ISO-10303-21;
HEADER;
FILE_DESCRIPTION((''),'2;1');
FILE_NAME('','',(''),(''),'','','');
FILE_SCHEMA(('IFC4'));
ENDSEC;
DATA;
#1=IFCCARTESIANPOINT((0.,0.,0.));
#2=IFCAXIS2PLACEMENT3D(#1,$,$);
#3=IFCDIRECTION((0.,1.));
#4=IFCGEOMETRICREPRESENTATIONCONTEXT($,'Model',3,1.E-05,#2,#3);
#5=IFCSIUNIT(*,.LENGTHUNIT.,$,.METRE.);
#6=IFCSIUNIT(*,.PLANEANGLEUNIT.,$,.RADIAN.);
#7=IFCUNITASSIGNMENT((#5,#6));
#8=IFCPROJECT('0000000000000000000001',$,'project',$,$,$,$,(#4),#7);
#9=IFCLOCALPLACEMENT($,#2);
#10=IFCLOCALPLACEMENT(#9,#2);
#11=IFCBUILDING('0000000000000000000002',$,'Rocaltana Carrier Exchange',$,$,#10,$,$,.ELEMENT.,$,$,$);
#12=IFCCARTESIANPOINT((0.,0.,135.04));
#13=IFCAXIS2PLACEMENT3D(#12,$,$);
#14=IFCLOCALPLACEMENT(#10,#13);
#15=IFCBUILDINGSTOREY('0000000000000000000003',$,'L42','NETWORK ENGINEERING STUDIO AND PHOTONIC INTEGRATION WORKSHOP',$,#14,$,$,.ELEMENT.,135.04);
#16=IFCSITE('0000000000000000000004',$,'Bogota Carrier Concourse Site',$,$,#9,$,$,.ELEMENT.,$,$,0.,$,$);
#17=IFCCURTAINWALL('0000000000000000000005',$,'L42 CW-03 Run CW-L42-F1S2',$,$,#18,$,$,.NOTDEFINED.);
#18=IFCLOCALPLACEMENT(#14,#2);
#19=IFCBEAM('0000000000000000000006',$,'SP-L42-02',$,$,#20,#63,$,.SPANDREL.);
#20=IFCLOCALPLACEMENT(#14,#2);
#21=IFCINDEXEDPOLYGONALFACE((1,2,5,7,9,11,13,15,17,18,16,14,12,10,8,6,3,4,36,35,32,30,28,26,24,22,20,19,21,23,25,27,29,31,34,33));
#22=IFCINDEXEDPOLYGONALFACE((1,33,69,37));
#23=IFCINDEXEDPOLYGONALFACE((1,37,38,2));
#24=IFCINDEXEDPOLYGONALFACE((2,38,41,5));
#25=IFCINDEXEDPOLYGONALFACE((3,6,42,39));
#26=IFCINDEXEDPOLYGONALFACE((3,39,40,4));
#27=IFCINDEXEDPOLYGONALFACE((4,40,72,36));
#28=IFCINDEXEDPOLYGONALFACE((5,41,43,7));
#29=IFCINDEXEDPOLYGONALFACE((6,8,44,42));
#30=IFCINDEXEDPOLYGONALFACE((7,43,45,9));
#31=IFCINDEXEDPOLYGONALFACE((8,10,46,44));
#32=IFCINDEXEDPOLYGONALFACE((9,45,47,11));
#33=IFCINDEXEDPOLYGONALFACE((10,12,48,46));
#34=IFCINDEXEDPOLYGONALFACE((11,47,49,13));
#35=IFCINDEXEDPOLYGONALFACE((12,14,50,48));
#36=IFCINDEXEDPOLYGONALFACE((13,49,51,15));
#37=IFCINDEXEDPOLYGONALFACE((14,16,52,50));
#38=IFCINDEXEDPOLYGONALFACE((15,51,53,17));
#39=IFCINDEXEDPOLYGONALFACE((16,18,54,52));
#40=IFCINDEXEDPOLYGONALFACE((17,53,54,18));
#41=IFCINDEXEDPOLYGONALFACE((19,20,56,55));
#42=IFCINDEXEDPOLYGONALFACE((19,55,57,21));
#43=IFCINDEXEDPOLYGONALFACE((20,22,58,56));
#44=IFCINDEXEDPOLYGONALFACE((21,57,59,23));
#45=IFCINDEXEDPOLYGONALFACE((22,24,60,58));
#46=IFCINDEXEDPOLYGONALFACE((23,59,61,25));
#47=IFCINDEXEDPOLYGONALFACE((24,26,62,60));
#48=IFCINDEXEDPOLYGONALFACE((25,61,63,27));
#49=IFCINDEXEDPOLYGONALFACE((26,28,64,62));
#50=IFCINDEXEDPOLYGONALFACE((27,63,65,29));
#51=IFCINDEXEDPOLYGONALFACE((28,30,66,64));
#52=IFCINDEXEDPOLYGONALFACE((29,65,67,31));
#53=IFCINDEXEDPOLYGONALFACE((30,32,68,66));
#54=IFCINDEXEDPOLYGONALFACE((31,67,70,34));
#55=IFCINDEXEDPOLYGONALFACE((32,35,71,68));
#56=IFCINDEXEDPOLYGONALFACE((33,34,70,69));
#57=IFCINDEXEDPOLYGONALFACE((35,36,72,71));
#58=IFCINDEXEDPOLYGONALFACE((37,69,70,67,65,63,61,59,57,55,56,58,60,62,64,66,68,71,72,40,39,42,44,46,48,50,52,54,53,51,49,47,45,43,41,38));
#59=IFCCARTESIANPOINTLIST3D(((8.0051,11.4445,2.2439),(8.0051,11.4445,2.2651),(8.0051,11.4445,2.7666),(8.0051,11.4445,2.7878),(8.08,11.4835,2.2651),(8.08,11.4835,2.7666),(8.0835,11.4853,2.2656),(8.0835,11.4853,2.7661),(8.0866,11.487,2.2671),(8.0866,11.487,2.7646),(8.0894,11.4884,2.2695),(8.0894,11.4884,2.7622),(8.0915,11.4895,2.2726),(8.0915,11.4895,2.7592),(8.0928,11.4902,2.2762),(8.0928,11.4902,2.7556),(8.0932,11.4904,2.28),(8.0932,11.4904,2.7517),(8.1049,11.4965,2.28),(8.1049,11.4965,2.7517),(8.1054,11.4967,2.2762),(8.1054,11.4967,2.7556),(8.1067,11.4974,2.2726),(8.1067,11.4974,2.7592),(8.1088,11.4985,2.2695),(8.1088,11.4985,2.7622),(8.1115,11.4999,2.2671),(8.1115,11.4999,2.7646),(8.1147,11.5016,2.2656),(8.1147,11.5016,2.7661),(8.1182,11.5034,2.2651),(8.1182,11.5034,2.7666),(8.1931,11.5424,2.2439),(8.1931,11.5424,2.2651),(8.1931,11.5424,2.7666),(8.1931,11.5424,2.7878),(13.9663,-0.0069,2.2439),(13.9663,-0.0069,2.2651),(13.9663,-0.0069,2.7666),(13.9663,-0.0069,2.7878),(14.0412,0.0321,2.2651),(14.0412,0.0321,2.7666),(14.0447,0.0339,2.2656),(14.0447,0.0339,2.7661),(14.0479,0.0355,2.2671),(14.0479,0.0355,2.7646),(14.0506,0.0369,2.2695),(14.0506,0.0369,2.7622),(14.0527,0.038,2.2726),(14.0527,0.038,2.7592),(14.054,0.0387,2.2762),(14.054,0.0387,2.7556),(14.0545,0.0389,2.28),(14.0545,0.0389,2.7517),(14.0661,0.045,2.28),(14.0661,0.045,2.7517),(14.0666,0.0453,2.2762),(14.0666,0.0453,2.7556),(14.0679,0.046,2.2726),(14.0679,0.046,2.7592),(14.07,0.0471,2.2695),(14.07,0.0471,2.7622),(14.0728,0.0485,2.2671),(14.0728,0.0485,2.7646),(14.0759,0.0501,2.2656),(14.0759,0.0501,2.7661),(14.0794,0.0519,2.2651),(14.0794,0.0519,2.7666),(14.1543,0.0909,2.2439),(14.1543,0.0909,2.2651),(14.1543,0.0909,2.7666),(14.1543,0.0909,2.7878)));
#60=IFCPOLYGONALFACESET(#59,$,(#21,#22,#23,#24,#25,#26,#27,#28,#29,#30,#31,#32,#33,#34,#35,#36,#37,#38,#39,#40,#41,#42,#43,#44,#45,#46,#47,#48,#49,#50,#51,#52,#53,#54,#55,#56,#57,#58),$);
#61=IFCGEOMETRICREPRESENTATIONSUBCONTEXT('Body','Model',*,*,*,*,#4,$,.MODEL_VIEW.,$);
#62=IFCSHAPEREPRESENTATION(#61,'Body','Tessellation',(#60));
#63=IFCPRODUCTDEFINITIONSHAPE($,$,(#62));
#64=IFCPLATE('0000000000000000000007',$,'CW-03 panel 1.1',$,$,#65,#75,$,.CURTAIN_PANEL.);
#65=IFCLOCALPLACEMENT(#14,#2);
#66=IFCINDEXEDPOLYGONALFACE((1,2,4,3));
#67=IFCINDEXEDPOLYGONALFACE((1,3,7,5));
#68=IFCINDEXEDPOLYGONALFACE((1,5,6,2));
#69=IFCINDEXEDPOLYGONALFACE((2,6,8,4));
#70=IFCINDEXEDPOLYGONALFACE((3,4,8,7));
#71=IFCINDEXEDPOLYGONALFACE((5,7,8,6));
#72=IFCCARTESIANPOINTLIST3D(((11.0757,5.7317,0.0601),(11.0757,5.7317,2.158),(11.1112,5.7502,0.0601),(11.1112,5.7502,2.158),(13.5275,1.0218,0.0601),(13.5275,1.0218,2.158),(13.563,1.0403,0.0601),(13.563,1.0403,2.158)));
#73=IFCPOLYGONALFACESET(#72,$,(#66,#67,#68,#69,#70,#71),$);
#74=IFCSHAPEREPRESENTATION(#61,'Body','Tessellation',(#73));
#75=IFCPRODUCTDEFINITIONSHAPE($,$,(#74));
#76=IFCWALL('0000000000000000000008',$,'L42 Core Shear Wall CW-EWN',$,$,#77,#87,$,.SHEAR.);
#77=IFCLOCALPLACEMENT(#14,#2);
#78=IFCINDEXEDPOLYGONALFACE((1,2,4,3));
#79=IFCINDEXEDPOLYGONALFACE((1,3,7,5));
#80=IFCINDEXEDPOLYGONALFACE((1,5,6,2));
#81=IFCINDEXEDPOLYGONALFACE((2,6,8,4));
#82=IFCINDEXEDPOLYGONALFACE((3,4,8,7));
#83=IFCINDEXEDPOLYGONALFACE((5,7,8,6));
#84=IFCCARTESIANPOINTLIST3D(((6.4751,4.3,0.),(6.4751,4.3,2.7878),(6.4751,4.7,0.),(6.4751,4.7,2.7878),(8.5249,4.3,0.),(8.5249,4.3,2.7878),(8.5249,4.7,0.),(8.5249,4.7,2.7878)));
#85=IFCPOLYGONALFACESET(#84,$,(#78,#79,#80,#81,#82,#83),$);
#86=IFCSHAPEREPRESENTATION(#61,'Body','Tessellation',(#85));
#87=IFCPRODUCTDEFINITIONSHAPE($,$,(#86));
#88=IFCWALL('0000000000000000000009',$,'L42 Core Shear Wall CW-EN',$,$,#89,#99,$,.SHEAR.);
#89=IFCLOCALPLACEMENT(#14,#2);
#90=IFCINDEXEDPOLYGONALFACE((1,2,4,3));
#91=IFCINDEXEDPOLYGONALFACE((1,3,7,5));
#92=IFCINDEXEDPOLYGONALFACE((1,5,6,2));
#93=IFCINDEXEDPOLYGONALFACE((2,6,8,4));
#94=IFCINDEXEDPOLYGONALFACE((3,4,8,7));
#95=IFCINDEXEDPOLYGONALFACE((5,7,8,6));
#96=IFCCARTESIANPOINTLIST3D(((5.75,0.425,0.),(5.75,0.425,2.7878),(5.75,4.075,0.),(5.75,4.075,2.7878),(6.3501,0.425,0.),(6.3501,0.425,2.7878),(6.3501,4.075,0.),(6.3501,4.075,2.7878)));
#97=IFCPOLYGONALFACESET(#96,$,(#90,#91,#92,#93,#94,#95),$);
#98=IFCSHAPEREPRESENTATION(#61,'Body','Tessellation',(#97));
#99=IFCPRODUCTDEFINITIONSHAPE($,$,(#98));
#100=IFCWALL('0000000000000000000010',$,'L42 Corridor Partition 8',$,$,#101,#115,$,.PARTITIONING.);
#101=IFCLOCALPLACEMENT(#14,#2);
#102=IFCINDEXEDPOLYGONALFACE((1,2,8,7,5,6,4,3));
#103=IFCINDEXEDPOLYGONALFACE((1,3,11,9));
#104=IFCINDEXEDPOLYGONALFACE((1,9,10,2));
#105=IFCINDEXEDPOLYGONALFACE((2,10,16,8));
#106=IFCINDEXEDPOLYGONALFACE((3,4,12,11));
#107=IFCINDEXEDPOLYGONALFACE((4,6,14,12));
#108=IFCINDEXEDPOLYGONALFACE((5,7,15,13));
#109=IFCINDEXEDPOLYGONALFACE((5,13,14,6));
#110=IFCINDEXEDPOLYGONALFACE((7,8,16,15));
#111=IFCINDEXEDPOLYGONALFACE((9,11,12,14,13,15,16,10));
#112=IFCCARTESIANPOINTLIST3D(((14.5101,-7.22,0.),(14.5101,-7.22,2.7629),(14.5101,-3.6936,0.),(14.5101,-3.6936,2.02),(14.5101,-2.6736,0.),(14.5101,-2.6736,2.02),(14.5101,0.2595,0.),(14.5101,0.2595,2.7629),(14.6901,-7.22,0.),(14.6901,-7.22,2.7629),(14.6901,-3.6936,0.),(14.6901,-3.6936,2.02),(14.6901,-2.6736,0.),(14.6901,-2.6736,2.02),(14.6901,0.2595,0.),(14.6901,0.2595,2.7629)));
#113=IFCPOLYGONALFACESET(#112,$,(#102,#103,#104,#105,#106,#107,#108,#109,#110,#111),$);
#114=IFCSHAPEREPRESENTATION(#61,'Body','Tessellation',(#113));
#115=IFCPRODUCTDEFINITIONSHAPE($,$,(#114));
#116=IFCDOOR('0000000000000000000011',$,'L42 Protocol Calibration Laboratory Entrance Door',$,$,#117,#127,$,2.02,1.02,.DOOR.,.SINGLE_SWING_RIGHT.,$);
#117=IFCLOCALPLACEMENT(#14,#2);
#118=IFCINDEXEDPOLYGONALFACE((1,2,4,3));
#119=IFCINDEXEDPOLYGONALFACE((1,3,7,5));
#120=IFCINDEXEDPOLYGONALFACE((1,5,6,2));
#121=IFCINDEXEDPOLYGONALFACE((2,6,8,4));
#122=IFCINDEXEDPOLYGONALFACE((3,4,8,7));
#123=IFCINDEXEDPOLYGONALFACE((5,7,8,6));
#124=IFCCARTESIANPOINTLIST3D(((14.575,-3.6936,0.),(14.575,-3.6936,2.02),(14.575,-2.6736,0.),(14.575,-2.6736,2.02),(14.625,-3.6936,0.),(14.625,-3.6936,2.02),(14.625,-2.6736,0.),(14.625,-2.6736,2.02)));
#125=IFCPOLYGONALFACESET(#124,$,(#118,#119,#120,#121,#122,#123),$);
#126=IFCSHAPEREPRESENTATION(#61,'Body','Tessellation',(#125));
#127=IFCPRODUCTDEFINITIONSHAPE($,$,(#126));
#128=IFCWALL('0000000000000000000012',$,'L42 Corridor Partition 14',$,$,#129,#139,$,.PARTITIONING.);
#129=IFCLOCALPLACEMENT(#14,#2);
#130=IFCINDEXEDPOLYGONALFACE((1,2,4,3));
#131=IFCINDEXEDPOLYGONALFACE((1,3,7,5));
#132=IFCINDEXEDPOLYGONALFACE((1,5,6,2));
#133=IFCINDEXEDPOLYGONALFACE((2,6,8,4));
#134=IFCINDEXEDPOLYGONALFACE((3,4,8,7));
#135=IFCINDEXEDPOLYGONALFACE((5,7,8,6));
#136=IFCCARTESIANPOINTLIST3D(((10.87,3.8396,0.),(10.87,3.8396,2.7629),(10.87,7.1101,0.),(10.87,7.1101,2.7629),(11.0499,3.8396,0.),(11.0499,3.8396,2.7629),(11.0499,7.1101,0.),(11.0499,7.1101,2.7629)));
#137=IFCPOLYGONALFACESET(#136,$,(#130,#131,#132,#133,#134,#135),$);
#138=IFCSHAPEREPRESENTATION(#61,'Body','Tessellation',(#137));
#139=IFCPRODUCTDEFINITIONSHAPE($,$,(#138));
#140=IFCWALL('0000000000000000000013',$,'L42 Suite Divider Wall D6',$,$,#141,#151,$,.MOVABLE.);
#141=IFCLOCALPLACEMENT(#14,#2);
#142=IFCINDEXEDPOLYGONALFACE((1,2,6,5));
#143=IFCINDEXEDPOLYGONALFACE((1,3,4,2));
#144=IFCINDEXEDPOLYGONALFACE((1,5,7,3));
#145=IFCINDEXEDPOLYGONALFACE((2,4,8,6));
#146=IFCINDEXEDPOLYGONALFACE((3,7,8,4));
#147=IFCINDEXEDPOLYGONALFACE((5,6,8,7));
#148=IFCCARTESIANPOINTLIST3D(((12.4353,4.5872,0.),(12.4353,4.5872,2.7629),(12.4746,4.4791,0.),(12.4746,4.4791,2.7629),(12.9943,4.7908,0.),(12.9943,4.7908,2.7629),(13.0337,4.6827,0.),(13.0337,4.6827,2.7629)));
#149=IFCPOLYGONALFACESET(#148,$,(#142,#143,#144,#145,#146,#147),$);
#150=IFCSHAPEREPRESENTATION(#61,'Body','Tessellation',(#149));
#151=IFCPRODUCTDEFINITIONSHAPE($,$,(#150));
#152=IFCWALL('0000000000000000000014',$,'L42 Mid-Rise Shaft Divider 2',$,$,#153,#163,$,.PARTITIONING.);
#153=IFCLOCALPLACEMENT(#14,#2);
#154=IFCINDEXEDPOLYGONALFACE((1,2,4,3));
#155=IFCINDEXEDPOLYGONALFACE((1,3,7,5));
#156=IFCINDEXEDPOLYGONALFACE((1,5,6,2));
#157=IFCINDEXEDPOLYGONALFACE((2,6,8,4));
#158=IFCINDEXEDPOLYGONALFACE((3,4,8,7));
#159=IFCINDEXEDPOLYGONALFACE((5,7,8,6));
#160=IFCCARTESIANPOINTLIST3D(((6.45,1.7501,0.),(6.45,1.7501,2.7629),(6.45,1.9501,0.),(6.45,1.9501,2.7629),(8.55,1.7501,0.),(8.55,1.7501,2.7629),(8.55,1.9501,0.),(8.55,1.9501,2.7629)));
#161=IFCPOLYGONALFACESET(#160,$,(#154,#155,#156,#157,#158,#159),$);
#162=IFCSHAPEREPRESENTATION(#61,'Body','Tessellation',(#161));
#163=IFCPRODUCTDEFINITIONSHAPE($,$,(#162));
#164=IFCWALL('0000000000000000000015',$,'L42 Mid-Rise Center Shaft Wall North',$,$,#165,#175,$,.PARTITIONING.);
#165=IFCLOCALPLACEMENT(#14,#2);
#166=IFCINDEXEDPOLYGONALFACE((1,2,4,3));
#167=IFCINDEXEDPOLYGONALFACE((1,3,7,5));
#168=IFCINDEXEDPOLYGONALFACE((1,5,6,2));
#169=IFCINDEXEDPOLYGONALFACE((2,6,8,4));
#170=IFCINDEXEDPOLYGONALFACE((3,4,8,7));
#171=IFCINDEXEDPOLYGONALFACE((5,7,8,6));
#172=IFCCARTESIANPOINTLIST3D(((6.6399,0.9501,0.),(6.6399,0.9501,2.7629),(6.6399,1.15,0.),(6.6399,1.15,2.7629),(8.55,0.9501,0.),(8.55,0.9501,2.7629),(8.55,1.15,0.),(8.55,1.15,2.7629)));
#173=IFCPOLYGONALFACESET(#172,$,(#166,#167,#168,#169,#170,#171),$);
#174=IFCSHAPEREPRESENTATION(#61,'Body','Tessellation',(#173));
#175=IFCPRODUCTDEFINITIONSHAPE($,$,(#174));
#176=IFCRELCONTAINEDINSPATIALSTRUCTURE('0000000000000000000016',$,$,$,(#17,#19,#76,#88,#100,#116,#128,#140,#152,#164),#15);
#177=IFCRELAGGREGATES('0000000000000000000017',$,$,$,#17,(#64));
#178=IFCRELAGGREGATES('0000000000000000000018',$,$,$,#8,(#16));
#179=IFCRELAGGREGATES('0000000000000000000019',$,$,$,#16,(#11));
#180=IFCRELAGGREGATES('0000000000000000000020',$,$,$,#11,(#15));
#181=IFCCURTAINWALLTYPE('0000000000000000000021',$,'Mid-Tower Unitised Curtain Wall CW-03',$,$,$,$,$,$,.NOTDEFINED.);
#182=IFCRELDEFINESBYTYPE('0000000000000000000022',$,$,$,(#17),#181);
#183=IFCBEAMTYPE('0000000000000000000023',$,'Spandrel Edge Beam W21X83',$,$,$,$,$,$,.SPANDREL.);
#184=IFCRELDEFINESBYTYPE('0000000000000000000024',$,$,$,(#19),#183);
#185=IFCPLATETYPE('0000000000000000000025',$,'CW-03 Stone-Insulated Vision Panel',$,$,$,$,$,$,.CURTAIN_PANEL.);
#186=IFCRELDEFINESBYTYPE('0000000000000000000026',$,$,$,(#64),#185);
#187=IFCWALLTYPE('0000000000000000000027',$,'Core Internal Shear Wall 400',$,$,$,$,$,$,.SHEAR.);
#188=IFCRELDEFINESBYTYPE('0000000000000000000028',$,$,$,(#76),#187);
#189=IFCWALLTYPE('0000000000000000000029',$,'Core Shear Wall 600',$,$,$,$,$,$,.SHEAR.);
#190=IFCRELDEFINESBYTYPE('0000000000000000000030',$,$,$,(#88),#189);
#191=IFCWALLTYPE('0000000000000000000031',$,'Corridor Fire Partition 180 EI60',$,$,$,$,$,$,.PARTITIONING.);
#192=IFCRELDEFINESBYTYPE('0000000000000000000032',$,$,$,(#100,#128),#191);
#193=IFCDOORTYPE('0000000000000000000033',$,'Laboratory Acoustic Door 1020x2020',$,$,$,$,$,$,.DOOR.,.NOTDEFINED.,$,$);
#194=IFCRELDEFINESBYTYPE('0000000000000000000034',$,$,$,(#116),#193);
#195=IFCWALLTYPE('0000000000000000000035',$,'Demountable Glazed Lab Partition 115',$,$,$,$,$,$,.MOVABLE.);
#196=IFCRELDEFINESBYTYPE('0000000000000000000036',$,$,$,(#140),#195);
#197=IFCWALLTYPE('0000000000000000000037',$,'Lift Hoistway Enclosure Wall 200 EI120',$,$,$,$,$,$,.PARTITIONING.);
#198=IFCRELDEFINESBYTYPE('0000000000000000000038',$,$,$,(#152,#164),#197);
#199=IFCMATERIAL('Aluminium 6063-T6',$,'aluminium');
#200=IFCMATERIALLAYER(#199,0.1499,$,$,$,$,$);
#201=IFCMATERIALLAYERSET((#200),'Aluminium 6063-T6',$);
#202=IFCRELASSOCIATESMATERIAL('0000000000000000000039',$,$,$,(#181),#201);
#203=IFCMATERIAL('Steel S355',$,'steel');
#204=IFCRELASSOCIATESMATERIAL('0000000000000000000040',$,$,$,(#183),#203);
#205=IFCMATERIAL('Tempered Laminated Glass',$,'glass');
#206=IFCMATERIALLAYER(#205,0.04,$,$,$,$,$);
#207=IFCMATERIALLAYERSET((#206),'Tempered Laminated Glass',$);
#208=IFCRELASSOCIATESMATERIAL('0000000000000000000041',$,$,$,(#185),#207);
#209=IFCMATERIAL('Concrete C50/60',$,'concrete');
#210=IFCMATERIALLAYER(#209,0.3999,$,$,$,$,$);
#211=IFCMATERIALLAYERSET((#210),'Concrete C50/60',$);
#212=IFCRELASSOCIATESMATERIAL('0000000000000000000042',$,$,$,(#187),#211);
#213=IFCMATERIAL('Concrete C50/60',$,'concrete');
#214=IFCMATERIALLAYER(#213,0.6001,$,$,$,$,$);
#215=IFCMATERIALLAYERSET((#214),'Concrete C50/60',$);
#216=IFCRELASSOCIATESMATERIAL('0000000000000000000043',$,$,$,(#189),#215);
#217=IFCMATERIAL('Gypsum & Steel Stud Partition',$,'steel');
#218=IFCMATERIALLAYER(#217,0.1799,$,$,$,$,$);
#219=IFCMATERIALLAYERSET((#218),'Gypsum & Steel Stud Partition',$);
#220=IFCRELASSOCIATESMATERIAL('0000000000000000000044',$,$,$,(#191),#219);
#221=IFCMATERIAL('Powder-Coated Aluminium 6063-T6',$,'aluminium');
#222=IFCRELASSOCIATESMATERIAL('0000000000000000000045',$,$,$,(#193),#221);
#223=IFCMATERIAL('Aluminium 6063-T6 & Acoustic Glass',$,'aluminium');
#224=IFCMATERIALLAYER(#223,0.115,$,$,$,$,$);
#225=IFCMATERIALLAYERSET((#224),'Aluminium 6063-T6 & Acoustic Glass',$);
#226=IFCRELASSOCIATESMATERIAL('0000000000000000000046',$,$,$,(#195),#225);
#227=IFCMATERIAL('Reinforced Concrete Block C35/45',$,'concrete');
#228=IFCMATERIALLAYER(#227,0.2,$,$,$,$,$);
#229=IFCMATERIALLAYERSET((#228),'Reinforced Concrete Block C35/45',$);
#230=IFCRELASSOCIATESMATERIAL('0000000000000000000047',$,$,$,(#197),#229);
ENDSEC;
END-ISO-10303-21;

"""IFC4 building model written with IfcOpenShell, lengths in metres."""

from ifc_helpers import new_model, si_unit, direction, frame, frame_2d, origin, origin_2d, place, context, subcontext, project, spatial, rectangle, i_section, extrude, material, layer, layer_set, material_profile, profile_set, type_object, element, fill, aggregate, save


model = new_model("IFC4")

# Units and contexts
model_context = context("Model", 3, precision=1e-05, world=origin(), true_north=direction((0.0, 1.0)))
body_context = subcontext(model_context, "Body", "Model", "MODEL_VIEW")
ifc_project = project(units=[si_unit("LENGTHUNIT", "METRE"), si_unit("PLANEANGLEUNIT", "RADIAN")], contexts=[model_context])

# Site, building, storey
site_placement = place(None, origin())
site = spatial("IfcSite", under=ifc_project, at=site_placement, Name="Bogota Carrier Concourse Site", CompositionType="ELEMENT", RefElevation=0.0)
building_placement = place(site_placement, origin())
building = spatial("IfcBuilding", under=site, at=building_placement, Name="Rocaltana Carrier Exchange", CompositionType="ELEMENT")
storey_placement = place(building_placement, frame((0.0, 0.0, 135.04)))
storey = spatial("IfcBuildingStorey", under=building, at=storey_placement, Name="L42", Description="NETWORK ENGINEERING STUDIO AND PHOTONIC INTEGRATION WORKSHOP", CompositionType="ELEMENT", Elevation=135.04)

# Curtain wall
ifc_material_1 = material(Name="Aluminium 6063-T6", Category="aluminium")
ifc_layer_1 = layer(ifc_material_1, 0.1499)
ifc_layer_set_1 = layer_set([ifc_layer_1], Name="Aluminium 6063-T6")
curtain_wall_type = type_object("IfcCurtainWallType", Name="Mid-Tower Unitised Curtain Wall CW-03", PredefinedType="NOTDEFINED", material=ifc_layer_set_1)
curtain_wall_placement = place(storey_placement, origin())
curtain_wall = element("IfcCurtainWall", 1, at=curtain_wall_placement, inside=storey, type_object=curtain_wall_type, Name="L42 CW-03 Run CW-L42-F1S2", PredefinedType="NOTDEFINED")

# Beam
ifc_material_2 = material(Name="Steel S355", Category="steel")
ifc_material_profile_1 = material_profile(ifc_material_2, i_section(OverallWidth=0.2119, OverallDepth=0.5439, WebThickness=0.0132, FlangeThickness=0.0212, FilletRadius=0.0149, at=origin_2d()), Name="W21X83")
ifc_profile_set_1 = profile_set([ifc_material_profile_1], Name="Steel S355")
beam_type_1 = type_object("IfcBeamType", Name="Spandrel Edge Beam W21X83", PredefinedType="SPANDREL", material=ifc_profile_set_1)
beam_1_placement = place(storey_placement, frame((14.0603, 0.042, 2.5159), z_axis=(-0.461746, 0.887012, 0.0), x_axis=(-0.887012, -0.461746, 0.0)))
element("IfcBeam", 2, at=beam_1_placement, inside=storey, type_object=beam_type_1, Name="SP-L42-02", PredefinedType="SPANDREL", context=body_context, shape_type="SweptSolid", body=[
    extrude(i_section(OverallWidth=0.2119, OverallDepth=0.5439, WebThickness=0.0132, FlangeThickness=0.0212, FilletRadius=0.0149, at=origin_2d()), origin(), (0.0, 0.0, 1.0), 12.9102),
])

# Plate
ifc_material_3 = material(Name="Tempered Laminated Glass", Category="glass")
ifc_layer_2 = layer(ifc_material_3, 0.04)
ifc_layer_set_2 = layer_set([ifc_layer_2], Name="Tempered Laminated Glass")
plate_type = type_object("IfcPlateType", Name="CW-03 Stone-Insulated Vision Panel", PredefinedType="CURTAIN_PANEL", material=ifc_layer_set_2)
plate_placement = place(storey_placement, frame((12.3193, 3.386, 0.0601), z_axis=(0.0, 0.0, 1.0), x_axis=(-0.461747, 0.887012, 0.0)))
plate = element("IfcPlate", 3, at=plate_placement, type_object=plate_type, Name="CW-03 panel 1.1", PredefinedType="CURTAIN_PANEL", context=body_context, shape_type="SweptSolid", body=[
    extrude(rectangle(XDim=5.3098, YDim=0.04, at=origin_2d()), origin(), (0.0, 0.0, 1.0), 2.0979),
])
aggregate(curtain_wall, [plate])

# Walls
ifc_material_4 = material(Name="Concrete C50/60", Category="concrete")
ifc_layer_3 = layer(ifc_material_4, 0.3999)
ifc_layer_set_3 = layer_set([ifc_layer_3], Name="Concrete C50/60")
wall_type_1 = type_object("IfcWallType", Name="Core Internal Shear Wall 400", PredefinedType="SHEAR", material=ifc_layer_set_3)
wall_1_placement = place(storey_placement, frame((6.4751, 4.5, 0.0), z_axis=(0.0, 0.0, 1.0), x_axis=(1.0, 0.0, 0.0)))
element("IfcWall", 4, at=wall_1_placement, inside=storey, type_object=wall_type_1, Name="L42 Core Shear Wall CW-EWN", PredefinedType="SHEAR", context=body_context, shape_type="SweptSolid", body=[
    extrude(rectangle(XDim=2.0498, YDim=0.3999, at=frame_2d((1.0249, 0.0))), origin(), (0.0, 0.0, 1.0), 2.7878),
])
ifc_material_5 = material(Name="Concrete C50/60", Category="concrete")
ifc_layer_4 = layer(ifc_material_5, 0.6001)
ifc_layer_set_4 = layer_set([ifc_layer_4], Name="Concrete C50/60")
wall_type_2 = type_object("IfcWallType", Name="Core Shear Wall 600", PredefinedType="SHEAR", material=ifc_layer_set_4)
wall_2_placement = place(storey_placement, frame((6.05, 0.425, 0.0), z_axis=(0.0, 0.0, 1.0), x_axis=(0.0, 1.0, 0.0)))
element("IfcWall", 5, at=wall_2_placement, inside=storey, type_object=wall_type_2, Name="L42 Core Shear Wall CW-EN", PredefinedType="SHEAR", context=body_context, shape_type="SweptSolid", body=[
    extrude(rectangle(XDim=3.6499, YDim=0.6001, at=frame_2d((1.825, 0.0))), origin(), (0.0, 0.0, 1.0), 2.7878),
])

# Wall, opening, door
ifc_material_6 = material(Name="Gypsum & Steel Stud Partition", Category="steel")
ifc_layer_5 = layer(ifc_material_6, 0.1799)
ifc_layer_set_5 = layer_set([ifc_layer_5], Name="Gypsum & Steel Stud Partition")
wall_type_3 = type_object("IfcWallType", Name="Corridor Fire Partition 180 EI60", PredefinedType="PARTITIONING", material=ifc_layer_set_5)
wall_3_placement = place(storey_placement, frame((14.6001, 0.2595, 0.0), z_axis=(0.0, 0.0, 1.0), x_axis=(0.0, -1.0, 0.0)))
wall_3 = element("IfcWall", 6, at=wall_3_placement, inside=storey, type_object=wall_type_3, Name="L42 Corridor Partition 8", PredefinedType="PARTITIONING", context=body_context, shape_type="SweptSolid", body=[
    extrude(rectangle(XDim=7.4795, YDim=0.1799, at=frame_2d((3.7397, 0.0))), origin(), (0.0, 0.0, 1.0), 2.7629),
])
opening_placement = place(wall_3_placement, frame((2.9331, 0.0, 0.0)))
opening = element("IfcOpeningElement", 7, at=opening_placement, cuts=wall_3, PredefinedType="OPENING", context=body_context, shape_type="SweptSolid", body=[
    extrude(rectangle(XDim=1.02, YDim=2.02, at=frame_2d((0.51, 1.01))), frame((0.0, 0.0999, 0.0), z_axis=(0.0, -1.0, 0.0), x_axis=(1.0, 0.0, 0.0)), (0.0, 0.0, 1.0), 0.2),
])
ifc_material_7 = material(Name="Powder-Coated Aluminium 6063-T6", Category="aluminium")
door_type = type_object("IfcDoorType", Name="Laboratory Acoustic Door 1020x2020", OperationType="NOTDEFINED", PredefinedType="DOOR", material=ifc_material_7)
door_placement = place(opening_placement, origin())
door = element("IfcDoor", 8, at=door_placement, inside=storey, type_object=door_type, Name="L42 Protocol Calibration Laboratory Entrance Door", OperationType="SINGLE_SWING_RIGHT", OverallHeight=2.02, OverallWidth=1.02, PredefinedType="DOOR", context=body_context, shape_type="SweptSolid", body=[
    extrude(rectangle(XDim=1.02, YDim=2.02, at=frame_2d((0.51, 1.01))), frame((0.0, 0.0249, 0.0), z_axis=(0.0, -1.0, 0.0), x_axis=(1.0, 0.0, 0.0)), (0.0, 0.0, 1.0), 0.05),
])
fill(opening, door)

# Walls
wall_4_placement = place(storey_placement, frame((10.96, 3.8396, 0.0), z_axis=(0.0, 0.0, 1.0), x_axis=(0.0, 1.0, 0.0)))
element("IfcWall", 9, at=wall_4_placement, inside=storey, type_object=wall_type_3, Name="L42 Corridor Partition 14", PredefinedType="PARTITIONING", context=body_context, shape_type="SweptSolid", body=[
    extrude(rectangle(XDim=3.2705, YDim=0.1799, at=frame_2d((1.6353, 0.0))), origin(), (0.0, 0.0, 1.0), 2.7629),
])
ifc_material_8 = material(Name="Aluminium 6063-T6 & Acoustic Glass", Category="aluminium")
ifc_layer_6 = layer(ifc_material_8, 0.115)
ifc_layer_set_6 = layer_set([ifc_layer_6], Name="Aluminium 6063-T6 & Acoustic Glass")
wall_type_4 = type_object("IfcWallType", Name="Demountable Glazed Lab Partition 115", PredefinedType="MOVABLE", material=ifc_layer_set_6)
wall_5_placement = place(storey_placement, frame((12.4551, 4.5332, 0.0), z_axis=(0.0, 0.0, 1.0), x_axis=(0.939626, 0.342204, 0.0)))
element("IfcWall", 10, at=wall_5_placement, inside=storey, type_object=wall_type_4, Name="L42 Suite Divider Wall D6", PredefinedType="MOVABLE", context=body_context, shape_type="SweptSolid", body=[
    extrude(rectangle(XDim=0.595, YDim=0.115, at=frame_2d((0.2974, 0.0))), origin(), (0.0, 0.0, 1.0), 2.7629),
])
ifc_material_9 = material(Name="Reinforced Concrete Block C35/45", Category="concrete")
ifc_layer_7 = layer(ifc_material_9, 0.2)
ifc_layer_set_7 = layer_set([ifc_layer_7], Name="Reinforced Concrete Block C35/45")
wall_type_5 = type_object("IfcWallType", Name="Lift Hoistway Enclosure Wall 200 EI120", PredefinedType="PARTITIONING", material=ifc_layer_set_7)
wall_6_placement = place(storey_placement, frame((6.45, 1.8501, 0.0), z_axis=(0.0, 0.0, 1.0), x_axis=(1.0, 0.0, 0.0)))
element("IfcWall", 11, at=wall_6_placement, inside=storey, type_object=wall_type_5, Name="L42 Mid-Rise Shaft Divider 2", PredefinedType="PARTITIONING", context=body_context, shape_type="SweptSolid", body=[
    extrude(rectangle(XDim=2.1001, YDim=0.2, at=frame_2d((1.05, 0.0))), origin(), (0.0, 0.0, 1.0), 2.7629),
])
wall_7_placement = place(storey_placement, frame((6.6399, 1.05, 0.0), z_axis=(0.0, 0.0, 1.0), x_axis=(1.0, 0.0, 0.0)))
element("IfcWall", 12, at=wall_7_placement, inside=storey, type_object=wall_type_5, Name="L42 Mid-Rise Center Shaft Wall North", PredefinedType="PARTITIONING", context=body_context, shape_type="SweptSolid", body=[
    extrude(rectangle(XDim=1.9102, YDim=0.2, at=frame_2d((0.9551, 0.0))), origin(), (0.0, 0.0, 1.0), 2.7629),
])

save(model, "model.ifc")
